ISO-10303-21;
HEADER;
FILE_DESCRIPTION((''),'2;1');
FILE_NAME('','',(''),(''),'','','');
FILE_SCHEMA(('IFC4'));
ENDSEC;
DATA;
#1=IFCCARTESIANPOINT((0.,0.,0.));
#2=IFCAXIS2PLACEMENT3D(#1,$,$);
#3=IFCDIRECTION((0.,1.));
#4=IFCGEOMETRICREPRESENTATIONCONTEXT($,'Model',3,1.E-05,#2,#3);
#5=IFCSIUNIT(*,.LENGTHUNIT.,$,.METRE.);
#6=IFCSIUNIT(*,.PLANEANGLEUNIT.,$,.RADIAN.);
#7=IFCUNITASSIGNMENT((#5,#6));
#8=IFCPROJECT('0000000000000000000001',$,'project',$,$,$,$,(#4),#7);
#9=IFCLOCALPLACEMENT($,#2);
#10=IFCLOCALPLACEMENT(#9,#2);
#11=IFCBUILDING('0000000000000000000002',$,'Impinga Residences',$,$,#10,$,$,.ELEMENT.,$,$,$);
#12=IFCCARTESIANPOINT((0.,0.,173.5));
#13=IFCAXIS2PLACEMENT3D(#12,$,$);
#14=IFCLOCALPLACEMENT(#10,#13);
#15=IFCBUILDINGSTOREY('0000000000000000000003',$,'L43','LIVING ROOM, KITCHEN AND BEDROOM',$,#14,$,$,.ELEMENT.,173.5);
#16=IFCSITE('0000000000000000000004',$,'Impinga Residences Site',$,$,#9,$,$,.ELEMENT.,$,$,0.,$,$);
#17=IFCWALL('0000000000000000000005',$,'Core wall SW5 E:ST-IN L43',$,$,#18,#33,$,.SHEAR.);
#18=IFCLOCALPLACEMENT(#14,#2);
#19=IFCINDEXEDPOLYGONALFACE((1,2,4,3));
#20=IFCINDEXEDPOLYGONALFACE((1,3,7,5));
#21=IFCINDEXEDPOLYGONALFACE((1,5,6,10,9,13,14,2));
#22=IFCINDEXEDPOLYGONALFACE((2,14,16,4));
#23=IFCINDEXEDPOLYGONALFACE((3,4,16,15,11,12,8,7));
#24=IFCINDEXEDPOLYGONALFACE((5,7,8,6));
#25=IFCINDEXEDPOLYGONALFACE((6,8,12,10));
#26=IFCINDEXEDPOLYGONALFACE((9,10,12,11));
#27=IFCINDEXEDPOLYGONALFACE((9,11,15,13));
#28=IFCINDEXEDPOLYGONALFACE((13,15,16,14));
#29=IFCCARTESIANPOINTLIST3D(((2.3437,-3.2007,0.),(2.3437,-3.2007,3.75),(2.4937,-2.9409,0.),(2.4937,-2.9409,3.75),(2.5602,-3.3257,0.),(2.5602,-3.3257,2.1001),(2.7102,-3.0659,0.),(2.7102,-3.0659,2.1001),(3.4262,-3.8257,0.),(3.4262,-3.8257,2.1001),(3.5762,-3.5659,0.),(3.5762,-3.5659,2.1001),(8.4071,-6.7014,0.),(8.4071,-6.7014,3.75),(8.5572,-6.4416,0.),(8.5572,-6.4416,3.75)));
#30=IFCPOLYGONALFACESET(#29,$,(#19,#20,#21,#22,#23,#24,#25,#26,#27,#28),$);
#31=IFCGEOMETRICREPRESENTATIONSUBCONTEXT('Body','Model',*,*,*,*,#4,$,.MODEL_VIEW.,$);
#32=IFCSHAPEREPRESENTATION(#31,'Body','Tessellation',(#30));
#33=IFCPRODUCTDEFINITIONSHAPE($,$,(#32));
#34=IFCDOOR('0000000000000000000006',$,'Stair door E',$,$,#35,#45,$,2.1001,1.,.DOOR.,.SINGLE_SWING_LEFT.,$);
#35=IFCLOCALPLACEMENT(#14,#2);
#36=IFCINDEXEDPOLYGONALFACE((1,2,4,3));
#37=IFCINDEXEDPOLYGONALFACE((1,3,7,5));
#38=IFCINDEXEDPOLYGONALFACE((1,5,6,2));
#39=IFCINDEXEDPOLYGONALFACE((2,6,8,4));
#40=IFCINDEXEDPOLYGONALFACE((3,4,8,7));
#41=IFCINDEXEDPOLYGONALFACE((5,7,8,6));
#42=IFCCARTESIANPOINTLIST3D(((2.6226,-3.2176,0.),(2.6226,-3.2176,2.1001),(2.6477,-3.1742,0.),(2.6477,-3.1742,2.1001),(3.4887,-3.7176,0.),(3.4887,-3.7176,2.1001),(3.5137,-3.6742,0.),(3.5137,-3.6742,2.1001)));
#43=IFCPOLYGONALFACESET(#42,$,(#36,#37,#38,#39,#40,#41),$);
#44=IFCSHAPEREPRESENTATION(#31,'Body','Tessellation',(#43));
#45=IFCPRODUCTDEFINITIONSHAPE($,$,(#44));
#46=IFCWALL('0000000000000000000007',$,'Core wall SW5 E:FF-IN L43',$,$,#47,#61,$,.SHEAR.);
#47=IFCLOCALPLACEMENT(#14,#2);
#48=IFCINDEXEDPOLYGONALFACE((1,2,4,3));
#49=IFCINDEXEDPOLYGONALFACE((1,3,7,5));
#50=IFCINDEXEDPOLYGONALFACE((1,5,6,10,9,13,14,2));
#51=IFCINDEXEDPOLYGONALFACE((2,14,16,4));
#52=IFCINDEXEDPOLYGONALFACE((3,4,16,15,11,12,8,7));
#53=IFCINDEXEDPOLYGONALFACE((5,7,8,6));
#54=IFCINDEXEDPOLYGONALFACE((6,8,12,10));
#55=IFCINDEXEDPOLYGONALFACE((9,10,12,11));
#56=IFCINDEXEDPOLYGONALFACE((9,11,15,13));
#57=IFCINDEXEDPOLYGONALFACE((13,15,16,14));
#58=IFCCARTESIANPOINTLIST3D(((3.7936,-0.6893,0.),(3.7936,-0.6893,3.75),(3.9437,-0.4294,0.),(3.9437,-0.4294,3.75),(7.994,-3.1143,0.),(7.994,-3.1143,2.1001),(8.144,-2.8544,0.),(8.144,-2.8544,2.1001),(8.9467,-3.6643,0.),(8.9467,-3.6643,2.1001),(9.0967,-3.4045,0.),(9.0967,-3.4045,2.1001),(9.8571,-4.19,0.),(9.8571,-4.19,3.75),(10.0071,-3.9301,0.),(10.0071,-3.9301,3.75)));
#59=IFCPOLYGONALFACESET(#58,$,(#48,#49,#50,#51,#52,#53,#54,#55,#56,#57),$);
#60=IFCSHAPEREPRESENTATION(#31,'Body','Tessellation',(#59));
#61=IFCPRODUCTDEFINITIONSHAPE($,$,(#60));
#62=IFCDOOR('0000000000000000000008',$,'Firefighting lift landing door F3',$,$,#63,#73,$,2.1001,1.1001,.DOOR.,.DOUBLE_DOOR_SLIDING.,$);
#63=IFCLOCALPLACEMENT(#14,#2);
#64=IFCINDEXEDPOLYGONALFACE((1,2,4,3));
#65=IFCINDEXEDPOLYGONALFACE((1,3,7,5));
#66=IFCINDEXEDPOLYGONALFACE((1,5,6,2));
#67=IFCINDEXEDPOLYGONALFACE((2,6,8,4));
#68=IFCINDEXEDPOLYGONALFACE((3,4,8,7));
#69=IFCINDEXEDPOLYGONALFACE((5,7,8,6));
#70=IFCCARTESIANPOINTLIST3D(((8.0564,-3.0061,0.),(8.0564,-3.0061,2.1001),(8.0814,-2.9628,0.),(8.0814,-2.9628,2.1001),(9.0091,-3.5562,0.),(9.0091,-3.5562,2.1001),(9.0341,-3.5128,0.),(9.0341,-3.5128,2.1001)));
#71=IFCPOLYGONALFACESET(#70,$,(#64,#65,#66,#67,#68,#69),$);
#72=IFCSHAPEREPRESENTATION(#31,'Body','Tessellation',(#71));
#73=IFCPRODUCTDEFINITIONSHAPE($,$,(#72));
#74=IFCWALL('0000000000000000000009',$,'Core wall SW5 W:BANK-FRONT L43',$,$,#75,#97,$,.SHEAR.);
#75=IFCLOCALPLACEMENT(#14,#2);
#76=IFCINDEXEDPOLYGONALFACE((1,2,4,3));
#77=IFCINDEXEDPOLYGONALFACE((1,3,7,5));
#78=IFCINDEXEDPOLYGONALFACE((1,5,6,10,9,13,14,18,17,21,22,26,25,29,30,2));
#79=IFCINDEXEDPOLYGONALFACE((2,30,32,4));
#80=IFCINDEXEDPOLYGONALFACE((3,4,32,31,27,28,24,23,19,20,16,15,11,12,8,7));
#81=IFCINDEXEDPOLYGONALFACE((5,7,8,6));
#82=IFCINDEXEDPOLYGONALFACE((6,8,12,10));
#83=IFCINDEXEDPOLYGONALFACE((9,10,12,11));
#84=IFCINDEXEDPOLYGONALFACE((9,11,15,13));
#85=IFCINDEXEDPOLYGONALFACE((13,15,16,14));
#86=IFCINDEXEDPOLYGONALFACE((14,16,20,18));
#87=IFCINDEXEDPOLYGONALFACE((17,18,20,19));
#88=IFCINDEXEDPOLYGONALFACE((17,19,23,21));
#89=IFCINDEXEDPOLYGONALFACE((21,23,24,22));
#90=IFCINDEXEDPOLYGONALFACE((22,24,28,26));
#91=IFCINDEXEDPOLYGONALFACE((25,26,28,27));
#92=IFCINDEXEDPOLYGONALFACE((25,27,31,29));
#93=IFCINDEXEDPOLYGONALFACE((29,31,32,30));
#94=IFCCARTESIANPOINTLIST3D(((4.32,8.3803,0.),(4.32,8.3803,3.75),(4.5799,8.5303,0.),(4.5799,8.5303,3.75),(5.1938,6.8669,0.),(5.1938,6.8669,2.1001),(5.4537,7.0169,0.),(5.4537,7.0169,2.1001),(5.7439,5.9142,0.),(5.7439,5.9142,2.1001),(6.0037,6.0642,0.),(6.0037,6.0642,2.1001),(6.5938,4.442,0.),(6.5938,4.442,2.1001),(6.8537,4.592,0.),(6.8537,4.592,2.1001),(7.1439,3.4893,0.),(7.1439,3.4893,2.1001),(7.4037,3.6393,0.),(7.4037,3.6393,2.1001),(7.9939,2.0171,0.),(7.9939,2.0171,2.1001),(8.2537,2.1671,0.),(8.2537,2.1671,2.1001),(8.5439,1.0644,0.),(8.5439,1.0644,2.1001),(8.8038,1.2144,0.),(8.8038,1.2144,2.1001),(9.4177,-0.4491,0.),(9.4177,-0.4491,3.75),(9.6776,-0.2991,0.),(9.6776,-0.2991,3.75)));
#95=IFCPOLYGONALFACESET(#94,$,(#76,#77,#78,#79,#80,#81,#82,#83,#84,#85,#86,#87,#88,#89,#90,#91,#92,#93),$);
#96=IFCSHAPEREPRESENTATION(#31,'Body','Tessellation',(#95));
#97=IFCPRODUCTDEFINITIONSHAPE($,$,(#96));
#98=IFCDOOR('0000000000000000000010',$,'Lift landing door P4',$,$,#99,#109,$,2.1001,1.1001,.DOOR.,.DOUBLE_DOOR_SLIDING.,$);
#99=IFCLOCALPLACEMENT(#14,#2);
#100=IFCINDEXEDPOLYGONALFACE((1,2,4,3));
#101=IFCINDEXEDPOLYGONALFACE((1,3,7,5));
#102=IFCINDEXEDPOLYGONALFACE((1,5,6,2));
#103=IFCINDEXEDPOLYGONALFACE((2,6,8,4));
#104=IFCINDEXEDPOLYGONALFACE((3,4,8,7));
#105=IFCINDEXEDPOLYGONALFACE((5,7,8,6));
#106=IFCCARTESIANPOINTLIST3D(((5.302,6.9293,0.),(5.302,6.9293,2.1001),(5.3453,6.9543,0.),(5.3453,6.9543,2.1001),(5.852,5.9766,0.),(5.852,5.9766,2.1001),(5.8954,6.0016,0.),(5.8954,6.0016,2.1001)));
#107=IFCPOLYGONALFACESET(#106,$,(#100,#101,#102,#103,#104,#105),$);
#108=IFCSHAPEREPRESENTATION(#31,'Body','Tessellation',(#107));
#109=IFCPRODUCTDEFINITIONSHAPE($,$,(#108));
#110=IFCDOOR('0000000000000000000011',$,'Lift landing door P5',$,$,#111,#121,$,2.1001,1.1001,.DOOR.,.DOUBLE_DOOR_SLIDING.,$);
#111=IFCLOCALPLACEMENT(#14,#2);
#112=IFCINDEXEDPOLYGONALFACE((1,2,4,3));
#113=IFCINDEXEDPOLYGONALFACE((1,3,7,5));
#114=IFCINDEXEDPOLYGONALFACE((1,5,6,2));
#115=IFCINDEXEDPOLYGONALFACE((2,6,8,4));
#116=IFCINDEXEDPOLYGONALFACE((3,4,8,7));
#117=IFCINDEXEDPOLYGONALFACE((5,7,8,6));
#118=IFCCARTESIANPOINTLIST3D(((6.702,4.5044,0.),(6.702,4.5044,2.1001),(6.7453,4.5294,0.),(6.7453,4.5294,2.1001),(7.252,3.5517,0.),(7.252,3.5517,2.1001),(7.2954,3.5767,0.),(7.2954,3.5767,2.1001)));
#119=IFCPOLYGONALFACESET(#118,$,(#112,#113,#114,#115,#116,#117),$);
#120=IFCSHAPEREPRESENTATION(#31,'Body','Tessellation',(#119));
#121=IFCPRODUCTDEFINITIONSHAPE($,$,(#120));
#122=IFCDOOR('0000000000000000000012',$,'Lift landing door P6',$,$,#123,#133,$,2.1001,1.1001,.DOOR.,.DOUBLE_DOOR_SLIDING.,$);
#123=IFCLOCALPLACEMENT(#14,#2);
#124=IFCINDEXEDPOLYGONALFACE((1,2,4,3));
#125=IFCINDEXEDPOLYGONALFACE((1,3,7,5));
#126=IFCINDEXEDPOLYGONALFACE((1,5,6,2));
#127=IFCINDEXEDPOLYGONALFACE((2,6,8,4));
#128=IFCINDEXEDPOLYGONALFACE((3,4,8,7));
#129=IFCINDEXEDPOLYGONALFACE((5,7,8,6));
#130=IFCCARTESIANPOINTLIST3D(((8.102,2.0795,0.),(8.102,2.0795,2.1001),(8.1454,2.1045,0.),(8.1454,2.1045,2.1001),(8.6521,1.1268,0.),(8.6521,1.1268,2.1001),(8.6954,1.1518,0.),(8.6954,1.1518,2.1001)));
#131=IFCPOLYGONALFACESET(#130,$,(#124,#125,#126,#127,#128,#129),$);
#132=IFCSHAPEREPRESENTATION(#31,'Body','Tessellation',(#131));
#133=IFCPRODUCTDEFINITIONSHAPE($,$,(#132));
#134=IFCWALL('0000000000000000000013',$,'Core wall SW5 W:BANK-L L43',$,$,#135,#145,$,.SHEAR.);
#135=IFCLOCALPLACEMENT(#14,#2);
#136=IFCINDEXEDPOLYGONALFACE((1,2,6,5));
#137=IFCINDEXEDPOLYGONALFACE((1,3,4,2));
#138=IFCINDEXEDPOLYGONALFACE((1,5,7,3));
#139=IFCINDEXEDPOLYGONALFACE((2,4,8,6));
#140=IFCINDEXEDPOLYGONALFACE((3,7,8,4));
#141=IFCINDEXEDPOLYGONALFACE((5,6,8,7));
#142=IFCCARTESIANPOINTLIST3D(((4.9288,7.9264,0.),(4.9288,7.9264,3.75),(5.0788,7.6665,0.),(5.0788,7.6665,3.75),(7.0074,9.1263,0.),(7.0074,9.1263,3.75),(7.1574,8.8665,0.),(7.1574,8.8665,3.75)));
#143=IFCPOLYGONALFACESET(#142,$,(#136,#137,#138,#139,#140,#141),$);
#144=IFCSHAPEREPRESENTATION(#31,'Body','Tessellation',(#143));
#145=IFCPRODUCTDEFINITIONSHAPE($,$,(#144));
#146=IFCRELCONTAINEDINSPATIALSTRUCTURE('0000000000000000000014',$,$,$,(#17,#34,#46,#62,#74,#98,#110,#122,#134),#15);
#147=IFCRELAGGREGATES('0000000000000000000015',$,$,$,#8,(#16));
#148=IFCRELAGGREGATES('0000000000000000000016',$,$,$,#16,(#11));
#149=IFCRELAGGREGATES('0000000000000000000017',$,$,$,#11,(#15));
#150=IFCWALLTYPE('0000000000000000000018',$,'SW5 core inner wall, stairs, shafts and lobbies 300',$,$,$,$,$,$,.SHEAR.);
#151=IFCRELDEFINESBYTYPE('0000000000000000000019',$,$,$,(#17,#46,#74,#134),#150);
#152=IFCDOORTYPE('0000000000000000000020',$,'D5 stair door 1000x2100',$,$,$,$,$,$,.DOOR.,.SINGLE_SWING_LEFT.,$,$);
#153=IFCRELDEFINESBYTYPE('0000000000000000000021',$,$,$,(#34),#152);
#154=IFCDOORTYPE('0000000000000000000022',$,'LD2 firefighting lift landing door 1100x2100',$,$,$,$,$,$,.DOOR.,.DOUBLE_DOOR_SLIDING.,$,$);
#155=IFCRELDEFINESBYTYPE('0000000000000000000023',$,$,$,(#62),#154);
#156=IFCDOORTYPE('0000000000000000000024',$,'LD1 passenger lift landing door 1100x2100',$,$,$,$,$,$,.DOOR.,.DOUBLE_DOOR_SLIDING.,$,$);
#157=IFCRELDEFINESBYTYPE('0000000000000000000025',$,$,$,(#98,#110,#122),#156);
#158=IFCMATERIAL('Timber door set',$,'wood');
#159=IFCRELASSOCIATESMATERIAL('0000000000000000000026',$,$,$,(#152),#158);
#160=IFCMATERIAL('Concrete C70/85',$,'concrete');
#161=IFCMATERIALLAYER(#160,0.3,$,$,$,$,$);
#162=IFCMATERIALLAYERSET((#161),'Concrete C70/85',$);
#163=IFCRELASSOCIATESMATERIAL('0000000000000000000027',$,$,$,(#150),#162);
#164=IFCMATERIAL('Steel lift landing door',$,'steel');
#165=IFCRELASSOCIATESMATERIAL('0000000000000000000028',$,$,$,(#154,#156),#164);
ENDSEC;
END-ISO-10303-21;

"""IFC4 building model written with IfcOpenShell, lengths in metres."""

from ifc_helpers import new_model, si_unit, direction, frame, frame_2d, origin, place, context, subcontext, project, spatial, rectangle, extrude, material, layer, layer_set, type_object, element, fill, save


model = new_model("IFC4")

# Units and contexts
model_context = context("Model", 3, precision=1e-05, world=origin(), true_north=direction((0.0, 1.0)))
body_context = subcontext(model_context, "Body", "Model", "MODEL_VIEW")
ifc_project = project(units=[si_unit("LENGTHUNIT", "METRE"), si_unit("PLANEANGLEUNIT", "RADIAN")], contexts=[model_context])

# Site, building, storey
site_placement = place(None, origin())
site = spatial("IfcSite", under=ifc_project, at=site_placement, Name="Impinga Residences Site", CompositionType="ELEMENT", RefElevation=0.0)
building_placement = place(site_placement, origin())
building = spatial("IfcBuilding", under=site, at=building_placement, Name="Impinga Residences", CompositionType="ELEMENT")
storey_placement = place(building_placement, frame((0.0, 0.0, 173.5)))
storey = spatial("IfcBuildingStorey", under=building, at=storey_placement, Name="L43", Description="LIVING ROOM, KITCHEN AND BEDROOM", CompositionType="ELEMENT", Elevation=173.5)

# Shared definitions
ifc_material_1 = material(Name="Timber door set", Category="wood")
door_type_1 = type_object("IfcDoorType", Name="D5 stair door 1000x2100", OperationType="SINGLE_SWING_LEFT", PredefinedType="DOOR", material=ifc_material_1)

# Shared definitions
ifc_material_2 = material(Name="Concrete C70/85", Category="concrete")
ifc_layer_1 = layer(ifc_material_2, 0.3)
ifc_layer_set_1 = layer_set([ifc_layer_1], Name="Concrete C70/85")
wall_type_1 = type_object("IfcWallType", Name="SW5 core inner wall, stairs, shafts and lobbies 300", PredefinedType="SHEAR", material=ifc_layer_set_1)

# Walls, openings, doors
wall_1_placement = place(storey_placement, frame((2.4187, -3.0708, 0.0), z_axis=(0.0, 0.0, 1.0), x_axis=(0.866026, -0.499998, 0.0)))
wall_1 = element("IfcWall", 1, at=wall_1_placement, inside=storey, type_object=wall_type_1, Name="Core wall SW5 E:ST-IN L43", PredefinedType="SHEAR", context=body_context, shape_type="SweptSolid", body=[
    extrude(rectangle(XDim=7.0015, YDim=0.3, at=frame_2d((3.5007, 0.0))), origin(), (0.0, 0.0, 1.0), 3.75),
])
opening_1_placement = place(wall_1_placement, frame((0.25, 0.0, 0.0)))
opening_1 = element("IfcOpeningElement", 2, at=opening_1_placement, cuts=wall_1, PredefinedType="OPENING", context=body_context, shape_type="SweptSolid", body=[
    extrude(rectangle(XDim=1.0, YDim=2.1001, at=frame_2d((0.5, 1.05))), frame((0.0, 0.1599, 0.0), z_axis=(0.0, -1.0, 0.0), x_axis=(1.0, 0.0, 0.0)), (0.0, 0.0, 1.0), 0.3201),
])
door_1_placement = place(opening_1_placement, origin())
door_1 = element("IfcDoor", 3, at=door_1_placement, inside=storey, type_object=door_type_1, Name="Stair door E", OperationType="SINGLE_SWING_LEFT", OverallHeight=2.1001, OverallWidth=1.0, PredefinedType="DOOR", context=body_context, shape_type="SweptSolid", body=[
    extrude(rectangle(XDim=1.0, YDim=2.1001, at=frame_2d((0.5, 1.05))), frame((0.0, 0.0249, 0.0), z_axis=(0.0, -1.0, 0.0), x_axis=(1.0, 0.0, 0.0)), (0.0, 0.0, 1.0), 0.05),
])
fill(opening_1, door_1)
wall_2_placement = place(storey_placement, frame((3.8687, -0.5593, 0.0), z_axis=(0.0, 0.0, 1.0), x_axis=(0.866026, -0.499998, 0.0)))
wall_2 = element("IfcWall", 4, at=wall_2_placement, inside=storey, type_object=wall_type_1, Name="Core wall SW5 E:FF-IN L43", PredefinedType="SHEAR", context=body_context, shape_type="SweptSolid", body=[
    extrude(rectangle(XDim=7.0015, YDim=0.3, at=frame_2d((3.5007, 0.0))), origin(), (0.0, 0.0, 1.0), 3.75),
])
opening_2_placement = place(wall_2_placement, frame((4.8501, 0.0, 0.0)))
opening_2 = element("IfcOpeningElement", 5, at=opening_2_placement, cuts=wall_2, PredefinedType="OPENING", context=body_context, shape_type="SweptSolid", body=[
    extrude(rectangle(XDim=1.1001, YDim=2.1001, at=frame_2d((0.55, 1.05))), frame((0.0, 0.1599, 0.0), z_axis=(0.0, -1.0, 0.0), x_axis=(1.0, 0.0, 0.0)), (0.0, 0.0, 1.0), 0.3201),
])
ifc_material_3 = material(Name="Steel lift landing door", Category="steel")
door_type_2 = type_object("IfcDoorType", Name="LD2 firefighting lift landing door 1100x2100", OperationType="DOUBLE_DOOR_SLIDING", PredefinedType="DOOR", material=ifc_material_3)
door_2_placement = place(opening_2_placement, origin())
door_2 = element("IfcDoor", 6, at=door_2_placement, inside=storey, type_object=door_type_2, Name="Firefighting lift landing door F3", OperationType="DOUBLE_DOOR_SLIDING", OverallHeight=2.1001, OverallWidth=1.1001, PredefinedType="DOOR", context=body_context, shape_type="SweptSolid", body=[
    extrude(rectangle(XDim=1.1001, YDim=2.1001, at=frame_2d((0.55, 1.05))), frame((0.0, 0.0249, 0.0), z_axis=(0.0, -1.0, 0.0), x_axis=(1.0, 0.0, 0.0)), (0.0, 0.0, 1.0), 0.05),
])
fill(opening_2, door_2)

# Wall, openings, doors
wall_3_placement = place(storey_placement, frame((4.45, 8.4553, 0.0), z_axis=(0.0, 0.0, 1.0), x_axis=(0.500002, -0.866024, 0.0)))
wall_3 = element("IfcWall", 7, at=wall_3_placement, inside=storey, type_object=wall_type_1, Name="Core wall SW5 W:BANK-FRONT L43", PredefinedType="SHEAR", context=body_context, shape_type="SweptSolid", body=[
    extrude(rectangle(XDim=10.1953, YDim=0.3, at=frame_2d((5.0977, 0.0))), origin(), (0.0, 0.0, 1.0), 3.75),
])
opening_3_placement = place(wall_3_placement, frame((1.7476, 0.0, 0.0)))
opening_3 = element("IfcOpeningElement", 8, at=opening_3_placement, cuts=wall_3, PredefinedType="OPENING", context=body_context, shape_type="SweptSolid", body=[
    extrude(rectangle(XDim=1.1001, YDim=2.1001, at=frame_2d((0.55, 1.05))), frame((0.0, 0.1599, 0.0), z_axis=(0.0, -1.0, 0.0), x_axis=(1.0, 0.0, 0.0)), (0.0, 0.0, 1.0), 0.3201),
])
opening_4_placement = place(wall_3_placement, frame((4.5476, 0.0, 0.0)))
opening_4 = element("IfcOpeningElement", 9, at=opening_4_placement, cuts=wall_3, PredefinedType="OPENING", context=body_context, shape_type="SweptSolid", body=[
    extrude(rectangle(XDim=1.1001, YDim=2.1001, at=frame_2d((0.55, 1.05))), frame((0.0, 0.1599, 0.0), z_axis=(0.0, -1.0, 0.0), x_axis=(1.0, 0.0, 0.0)), (0.0, 0.0, 1.0), 0.3201),
])
opening_5_placement = place(wall_3_placement, frame((7.3477, 0.0, 0.0)))
opening_5 = element("IfcOpeningElement", 10, at=opening_5_placement, cuts=wall_3, PredefinedType="OPENING", context=body_context, shape_type="SweptSolid", body=[
    extrude(rectangle(XDim=1.1001, YDim=2.1001, at=frame_2d((0.55, 1.05))), frame((0.0, 0.1599, 0.0), z_axis=(0.0, -1.0, 0.0), x_axis=(1.0, 0.0, 0.0)), (0.0, 0.0, 1.0), 0.3201),
])
door_type_3 = type_object("IfcDoorType", Name="LD1 passenger lift landing door 1100x2100", OperationType="DOUBLE_DOOR_SLIDING", PredefinedType="DOOR", material=ifc_material_3)
door_3_placement = place(opening_3_placement, origin())
door_3 = element("IfcDoor", 11, at=door_3_placement, inside=storey, type_object=door_type_3, Name="Lift landing door P4", OperationType="DOUBLE_DOOR_SLIDING", OverallHeight=2.1001, OverallWidth=1.1001, PredefinedType="DOOR", context=body_context, shape_type="SweptSolid", body=[
    extrude(rectangle(XDim=1.1001, YDim=2.1001, at=frame_2d((0.55, 1.05))), frame((0.0, 0.0249, 0.0), z_axis=(0.0, -1.0, 0.0), x_axis=(1.0, 0.0, 0.0)), (0.0, 0.0, 1.0), 0.05),
])
fill(opening_3, door_3)
door_4_placement = place(opening_4_placement, origin())
door_4 = element("IfcDoor", 12, at=door_4_placement, inside=storey, type_object=door_type_3, Name="Lift landing door P5", OperationType="DOUBLE_DOOR_SLIDING", OverallHeight=2.1001, OverallWidth=1.1001, PredefinedType="DOOR", context=body_context, shape_type="SweptSolid", body=[
    extrude(rectangle(XDim=1.1001, YDim=2.1001, at=frame_2d((0.55, 1.05))), frame((0.0, 0.0249, 0.0), z_axis=(0.0, -1.0, 0.0), x_axis=(1.0, 0.0, 0.0)), (0.0, 0.0, 1.0), 0.05),
])
fill(opening_4, door_4)
door_5_placement = place(opening_5_placement, origin())
door_5 = element("IfcDoor", 13, at=door_5_placement, inside=storey, type_object=door_type_3, Name="Lift landing door P6", OperationType="DOUBLE_DOOR_SLIDING", OverallHeight=2.1001, OverallWidth=1.1001, PredefinedType="DOOR", context=body_context, shape_type="SweptSolid", body=[
    extrude(rectangle(XDim=1.1001, YDim=2.1001, at=frame_2d((0.55, 1.05))), frame((0.0, 0.0249, 0.0), z_axis=(0.0, -1.0, 0.0), x_axis=(1.0, 0.0, 0.0)), (0.0, 0.0, 1.0), 0.05),
])
fill(opening_5, door_5)

# Wall
wall_4_placement = place(storey_placement, frame((5.0037, 7.7964, 0.0), z_axis=(0.0, 0.0, 1.0), x_axis=(0.86605, 0.499957, 0.0)))
element("IfcWall", 14, at=wall_4_placement, inside=storey, type_object=wall_type_1, Name="Core wall SW5 W:BANK-L L43", PredefinedType="SHEAR", context=body_context, shape_type="SweptSolid", body=[
    extrude(rectangle(XDim=2.4001, YDim=0.3, at=frame_2d((1.2002, 0.0))), origin(), (0.0, 0.0, 1.0), 3.75),
])

save(model, "model.ifc")
